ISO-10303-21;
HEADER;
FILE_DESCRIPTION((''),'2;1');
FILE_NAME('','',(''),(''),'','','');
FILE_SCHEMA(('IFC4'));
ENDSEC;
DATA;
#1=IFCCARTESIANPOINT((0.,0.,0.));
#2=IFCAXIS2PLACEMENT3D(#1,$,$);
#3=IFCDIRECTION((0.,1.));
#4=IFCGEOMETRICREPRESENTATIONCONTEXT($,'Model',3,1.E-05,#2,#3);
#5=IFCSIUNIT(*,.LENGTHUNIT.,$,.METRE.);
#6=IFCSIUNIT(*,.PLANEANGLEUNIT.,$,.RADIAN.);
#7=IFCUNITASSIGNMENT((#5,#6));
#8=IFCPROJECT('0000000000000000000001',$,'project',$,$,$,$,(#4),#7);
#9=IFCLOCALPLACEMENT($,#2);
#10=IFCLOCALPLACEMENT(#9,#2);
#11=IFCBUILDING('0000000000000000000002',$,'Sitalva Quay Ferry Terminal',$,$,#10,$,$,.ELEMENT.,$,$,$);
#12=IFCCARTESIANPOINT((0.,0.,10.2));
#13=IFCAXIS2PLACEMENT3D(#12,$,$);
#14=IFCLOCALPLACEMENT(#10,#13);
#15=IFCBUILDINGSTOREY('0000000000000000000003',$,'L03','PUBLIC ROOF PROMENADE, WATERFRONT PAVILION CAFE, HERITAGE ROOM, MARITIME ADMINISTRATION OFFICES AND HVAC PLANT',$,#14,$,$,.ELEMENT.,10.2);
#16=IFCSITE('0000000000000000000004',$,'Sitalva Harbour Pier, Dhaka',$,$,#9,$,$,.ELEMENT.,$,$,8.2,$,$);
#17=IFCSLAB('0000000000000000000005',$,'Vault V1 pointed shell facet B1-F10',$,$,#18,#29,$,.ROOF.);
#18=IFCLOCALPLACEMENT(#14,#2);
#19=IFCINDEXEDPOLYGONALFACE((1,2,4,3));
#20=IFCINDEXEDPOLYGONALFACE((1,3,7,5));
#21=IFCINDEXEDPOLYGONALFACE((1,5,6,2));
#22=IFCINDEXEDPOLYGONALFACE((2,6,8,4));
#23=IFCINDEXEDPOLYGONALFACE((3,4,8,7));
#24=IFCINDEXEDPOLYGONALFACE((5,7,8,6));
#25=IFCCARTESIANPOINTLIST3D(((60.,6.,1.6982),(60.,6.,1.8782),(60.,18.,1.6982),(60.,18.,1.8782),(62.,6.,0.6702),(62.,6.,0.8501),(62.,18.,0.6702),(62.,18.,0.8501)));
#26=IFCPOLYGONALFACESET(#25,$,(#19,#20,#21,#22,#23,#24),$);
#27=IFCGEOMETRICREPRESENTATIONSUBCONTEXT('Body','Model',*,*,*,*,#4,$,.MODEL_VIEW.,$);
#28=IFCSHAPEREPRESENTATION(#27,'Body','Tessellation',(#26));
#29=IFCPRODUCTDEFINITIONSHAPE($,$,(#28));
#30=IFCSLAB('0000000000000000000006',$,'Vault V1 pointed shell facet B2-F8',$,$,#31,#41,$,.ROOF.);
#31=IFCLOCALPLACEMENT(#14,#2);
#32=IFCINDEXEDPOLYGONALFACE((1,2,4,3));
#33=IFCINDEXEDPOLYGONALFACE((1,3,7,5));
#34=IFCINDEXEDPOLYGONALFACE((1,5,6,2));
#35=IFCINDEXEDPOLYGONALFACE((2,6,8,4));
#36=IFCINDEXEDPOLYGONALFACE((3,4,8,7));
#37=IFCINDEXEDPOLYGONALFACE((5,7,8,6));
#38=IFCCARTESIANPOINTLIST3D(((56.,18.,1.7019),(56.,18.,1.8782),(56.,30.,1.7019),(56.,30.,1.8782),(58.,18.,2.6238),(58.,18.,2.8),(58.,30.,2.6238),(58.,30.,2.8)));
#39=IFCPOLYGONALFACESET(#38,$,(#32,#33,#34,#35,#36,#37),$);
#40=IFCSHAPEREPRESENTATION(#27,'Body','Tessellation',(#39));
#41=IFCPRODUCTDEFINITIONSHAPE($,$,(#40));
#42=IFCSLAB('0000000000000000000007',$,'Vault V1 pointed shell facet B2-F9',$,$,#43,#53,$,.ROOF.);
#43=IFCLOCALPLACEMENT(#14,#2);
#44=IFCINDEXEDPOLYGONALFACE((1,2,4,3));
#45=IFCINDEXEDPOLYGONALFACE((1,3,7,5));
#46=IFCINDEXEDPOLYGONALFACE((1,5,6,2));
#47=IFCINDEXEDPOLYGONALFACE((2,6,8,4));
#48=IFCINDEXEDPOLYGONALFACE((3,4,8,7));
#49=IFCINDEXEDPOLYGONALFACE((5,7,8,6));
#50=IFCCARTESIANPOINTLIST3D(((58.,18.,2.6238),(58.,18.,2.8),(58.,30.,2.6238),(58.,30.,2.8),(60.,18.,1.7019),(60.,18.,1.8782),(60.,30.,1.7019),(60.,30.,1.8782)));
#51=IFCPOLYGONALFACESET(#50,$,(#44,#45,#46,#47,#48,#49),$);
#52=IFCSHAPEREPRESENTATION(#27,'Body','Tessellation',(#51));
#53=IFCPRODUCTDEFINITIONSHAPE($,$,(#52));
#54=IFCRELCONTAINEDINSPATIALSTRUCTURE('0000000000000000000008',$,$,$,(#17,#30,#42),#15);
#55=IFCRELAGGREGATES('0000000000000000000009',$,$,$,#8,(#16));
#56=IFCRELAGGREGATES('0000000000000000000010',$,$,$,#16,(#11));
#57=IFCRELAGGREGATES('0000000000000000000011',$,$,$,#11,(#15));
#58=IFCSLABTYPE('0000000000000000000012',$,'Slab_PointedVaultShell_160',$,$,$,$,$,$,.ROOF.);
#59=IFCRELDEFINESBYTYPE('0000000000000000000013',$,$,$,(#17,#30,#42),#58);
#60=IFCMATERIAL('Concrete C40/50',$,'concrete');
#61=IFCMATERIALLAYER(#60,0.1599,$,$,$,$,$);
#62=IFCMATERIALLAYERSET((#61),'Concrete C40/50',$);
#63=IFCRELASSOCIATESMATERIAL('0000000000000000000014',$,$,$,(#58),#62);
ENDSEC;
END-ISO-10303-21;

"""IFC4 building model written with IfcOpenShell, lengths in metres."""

from ifc_helpers import new_model, si_unit, direction, frame, origin, place, context, subcontext, project, spatial, polyline, outline, extrude, material, layer, layer_set, type_object, element, save


model = new_model("IFC4")

# Units and contexts
model_context = context("Model", 3, precision=1e-05, world=origin(), true_north=direction((0.0, 1.0)))
body_context = subcontext(model_context, "Body", "Model", "MODEL_VIEW")
ifc_project = project(units=[si_unit("LENGTHUNIT", "METRE"), si_unit("PLANEANGLEUNIT", "RADIAN")], contexts=[model_context])

# Site, building, storey
site_placement = place(None, origin())
site = spatial("IfcSite", under=ifc_project, at=site_placement, Name="Sitalva Harbour Pier, Dhaka", CompositionType="ELEMENT", RefElevation=8.2)
building_placement = place(site_placement, origin())
building = spatial("IfcBuilding", under=site, at=building_placement, Name="Sitalva Quay Ferry Terminal", CompositionType="ELEMENT")
storey_placement = place(building_placement, frame((0.0, 0.0, 10.2)))
storey = spatial("IfcBuildingStorey", under=building, at=storey_placement, Name="L03", Description="PUBLIC ROOF PROMENADE, WATERFRONT PAVILION CAFE, HERITAGE ROOM, MARITIME ADMINISTRATION OFFICES AND HVAC PLANT", CompositionType="ELEMENT", Elevation=10.2)

# Slabs
ifc_material_1 = material(Name="Concrete C40/50", Category="concrete")
ifc_layer_1 = layer(ifc_material_1, 0.1599)
ifc_layer_set_1 = layer_set([ifc_layer_1], Name="Concrete C40/50")
slab_type = type_object("IfcSlabType", Name="Slab_PointedVaultShell_160", PredefinedType="ROOF", material=ifc_layer_set_1)
slab_1_placement = place(storey_placement, frame((60.0, 6.0, 1.8782), z_axis=(0.457174, 0.0, 0.889377), x_axis=(0.889377, 0.0, -0.457174)))
element("IfcSlab", 1, at=slab_1_placement, inside=storey, type_object=slab_type, Name="Vault V1 pointed shell facet B1-F10", PredefinedType="ROOF", context=body_context, shape_type="SweptSolid", body=[
    extrude(outline(polyline([(0.0, 0.0), (2.2488, 0.0), (2.2488, 12.0), (0.0, 12.0), (0.0, 0.0)])), origin(), (0.457174, 0.0, -0.889377), 0.1799),
])
slab_2_placement = place(storey_placement, frame((56.0, 18.0, 1.8782), z_axis=(-0.418608, 0.0, 0.908167), x_axis=(0.908167, 0.0, 0.418608)))
element("IfcSlab", 2, at=slab_2_placement, inside=storey, type_object=slab_type, Name="Vault V1 pointed shell facet B2-F8", PredefinedType="ROOF", context=body_context, shape_type="SweptSolid", body=[
    extrude(outline(polyline([(0.0, 0.0), (2.2022, 0.0), (2.2022, 12.0), (0.0, 12.0), (0.0, 0.0)])), origin(), (-0.418608, 0.0, -0.908167), 0.1763),
])
slab_3_placement = place(storey_placement, frame((58.0, 18.0, 2.8), z_axis=(0.418608, 0.0, 0.908167), x_axis=(0.908167, 0.0, -0.418608)))
element("IfcSlab", 3, at=slab_3_placement, inside=storey, type_object=slab_type, Name="Vault V1 pointed shell facet B2-F9", PredefinedType="ROOF", context=body_context, shape_type="SweptSolid", body=[
    extrude(outline(polyline([(0.0, 0.0), (2.2022, 0.0), (2.2022, 12.0), (0.0, 12.0), (0.0, 0.0)])), origin(), (0.418608, 0.0, -0.908167), 0.1763),
])

save(model, "model.ifc")
